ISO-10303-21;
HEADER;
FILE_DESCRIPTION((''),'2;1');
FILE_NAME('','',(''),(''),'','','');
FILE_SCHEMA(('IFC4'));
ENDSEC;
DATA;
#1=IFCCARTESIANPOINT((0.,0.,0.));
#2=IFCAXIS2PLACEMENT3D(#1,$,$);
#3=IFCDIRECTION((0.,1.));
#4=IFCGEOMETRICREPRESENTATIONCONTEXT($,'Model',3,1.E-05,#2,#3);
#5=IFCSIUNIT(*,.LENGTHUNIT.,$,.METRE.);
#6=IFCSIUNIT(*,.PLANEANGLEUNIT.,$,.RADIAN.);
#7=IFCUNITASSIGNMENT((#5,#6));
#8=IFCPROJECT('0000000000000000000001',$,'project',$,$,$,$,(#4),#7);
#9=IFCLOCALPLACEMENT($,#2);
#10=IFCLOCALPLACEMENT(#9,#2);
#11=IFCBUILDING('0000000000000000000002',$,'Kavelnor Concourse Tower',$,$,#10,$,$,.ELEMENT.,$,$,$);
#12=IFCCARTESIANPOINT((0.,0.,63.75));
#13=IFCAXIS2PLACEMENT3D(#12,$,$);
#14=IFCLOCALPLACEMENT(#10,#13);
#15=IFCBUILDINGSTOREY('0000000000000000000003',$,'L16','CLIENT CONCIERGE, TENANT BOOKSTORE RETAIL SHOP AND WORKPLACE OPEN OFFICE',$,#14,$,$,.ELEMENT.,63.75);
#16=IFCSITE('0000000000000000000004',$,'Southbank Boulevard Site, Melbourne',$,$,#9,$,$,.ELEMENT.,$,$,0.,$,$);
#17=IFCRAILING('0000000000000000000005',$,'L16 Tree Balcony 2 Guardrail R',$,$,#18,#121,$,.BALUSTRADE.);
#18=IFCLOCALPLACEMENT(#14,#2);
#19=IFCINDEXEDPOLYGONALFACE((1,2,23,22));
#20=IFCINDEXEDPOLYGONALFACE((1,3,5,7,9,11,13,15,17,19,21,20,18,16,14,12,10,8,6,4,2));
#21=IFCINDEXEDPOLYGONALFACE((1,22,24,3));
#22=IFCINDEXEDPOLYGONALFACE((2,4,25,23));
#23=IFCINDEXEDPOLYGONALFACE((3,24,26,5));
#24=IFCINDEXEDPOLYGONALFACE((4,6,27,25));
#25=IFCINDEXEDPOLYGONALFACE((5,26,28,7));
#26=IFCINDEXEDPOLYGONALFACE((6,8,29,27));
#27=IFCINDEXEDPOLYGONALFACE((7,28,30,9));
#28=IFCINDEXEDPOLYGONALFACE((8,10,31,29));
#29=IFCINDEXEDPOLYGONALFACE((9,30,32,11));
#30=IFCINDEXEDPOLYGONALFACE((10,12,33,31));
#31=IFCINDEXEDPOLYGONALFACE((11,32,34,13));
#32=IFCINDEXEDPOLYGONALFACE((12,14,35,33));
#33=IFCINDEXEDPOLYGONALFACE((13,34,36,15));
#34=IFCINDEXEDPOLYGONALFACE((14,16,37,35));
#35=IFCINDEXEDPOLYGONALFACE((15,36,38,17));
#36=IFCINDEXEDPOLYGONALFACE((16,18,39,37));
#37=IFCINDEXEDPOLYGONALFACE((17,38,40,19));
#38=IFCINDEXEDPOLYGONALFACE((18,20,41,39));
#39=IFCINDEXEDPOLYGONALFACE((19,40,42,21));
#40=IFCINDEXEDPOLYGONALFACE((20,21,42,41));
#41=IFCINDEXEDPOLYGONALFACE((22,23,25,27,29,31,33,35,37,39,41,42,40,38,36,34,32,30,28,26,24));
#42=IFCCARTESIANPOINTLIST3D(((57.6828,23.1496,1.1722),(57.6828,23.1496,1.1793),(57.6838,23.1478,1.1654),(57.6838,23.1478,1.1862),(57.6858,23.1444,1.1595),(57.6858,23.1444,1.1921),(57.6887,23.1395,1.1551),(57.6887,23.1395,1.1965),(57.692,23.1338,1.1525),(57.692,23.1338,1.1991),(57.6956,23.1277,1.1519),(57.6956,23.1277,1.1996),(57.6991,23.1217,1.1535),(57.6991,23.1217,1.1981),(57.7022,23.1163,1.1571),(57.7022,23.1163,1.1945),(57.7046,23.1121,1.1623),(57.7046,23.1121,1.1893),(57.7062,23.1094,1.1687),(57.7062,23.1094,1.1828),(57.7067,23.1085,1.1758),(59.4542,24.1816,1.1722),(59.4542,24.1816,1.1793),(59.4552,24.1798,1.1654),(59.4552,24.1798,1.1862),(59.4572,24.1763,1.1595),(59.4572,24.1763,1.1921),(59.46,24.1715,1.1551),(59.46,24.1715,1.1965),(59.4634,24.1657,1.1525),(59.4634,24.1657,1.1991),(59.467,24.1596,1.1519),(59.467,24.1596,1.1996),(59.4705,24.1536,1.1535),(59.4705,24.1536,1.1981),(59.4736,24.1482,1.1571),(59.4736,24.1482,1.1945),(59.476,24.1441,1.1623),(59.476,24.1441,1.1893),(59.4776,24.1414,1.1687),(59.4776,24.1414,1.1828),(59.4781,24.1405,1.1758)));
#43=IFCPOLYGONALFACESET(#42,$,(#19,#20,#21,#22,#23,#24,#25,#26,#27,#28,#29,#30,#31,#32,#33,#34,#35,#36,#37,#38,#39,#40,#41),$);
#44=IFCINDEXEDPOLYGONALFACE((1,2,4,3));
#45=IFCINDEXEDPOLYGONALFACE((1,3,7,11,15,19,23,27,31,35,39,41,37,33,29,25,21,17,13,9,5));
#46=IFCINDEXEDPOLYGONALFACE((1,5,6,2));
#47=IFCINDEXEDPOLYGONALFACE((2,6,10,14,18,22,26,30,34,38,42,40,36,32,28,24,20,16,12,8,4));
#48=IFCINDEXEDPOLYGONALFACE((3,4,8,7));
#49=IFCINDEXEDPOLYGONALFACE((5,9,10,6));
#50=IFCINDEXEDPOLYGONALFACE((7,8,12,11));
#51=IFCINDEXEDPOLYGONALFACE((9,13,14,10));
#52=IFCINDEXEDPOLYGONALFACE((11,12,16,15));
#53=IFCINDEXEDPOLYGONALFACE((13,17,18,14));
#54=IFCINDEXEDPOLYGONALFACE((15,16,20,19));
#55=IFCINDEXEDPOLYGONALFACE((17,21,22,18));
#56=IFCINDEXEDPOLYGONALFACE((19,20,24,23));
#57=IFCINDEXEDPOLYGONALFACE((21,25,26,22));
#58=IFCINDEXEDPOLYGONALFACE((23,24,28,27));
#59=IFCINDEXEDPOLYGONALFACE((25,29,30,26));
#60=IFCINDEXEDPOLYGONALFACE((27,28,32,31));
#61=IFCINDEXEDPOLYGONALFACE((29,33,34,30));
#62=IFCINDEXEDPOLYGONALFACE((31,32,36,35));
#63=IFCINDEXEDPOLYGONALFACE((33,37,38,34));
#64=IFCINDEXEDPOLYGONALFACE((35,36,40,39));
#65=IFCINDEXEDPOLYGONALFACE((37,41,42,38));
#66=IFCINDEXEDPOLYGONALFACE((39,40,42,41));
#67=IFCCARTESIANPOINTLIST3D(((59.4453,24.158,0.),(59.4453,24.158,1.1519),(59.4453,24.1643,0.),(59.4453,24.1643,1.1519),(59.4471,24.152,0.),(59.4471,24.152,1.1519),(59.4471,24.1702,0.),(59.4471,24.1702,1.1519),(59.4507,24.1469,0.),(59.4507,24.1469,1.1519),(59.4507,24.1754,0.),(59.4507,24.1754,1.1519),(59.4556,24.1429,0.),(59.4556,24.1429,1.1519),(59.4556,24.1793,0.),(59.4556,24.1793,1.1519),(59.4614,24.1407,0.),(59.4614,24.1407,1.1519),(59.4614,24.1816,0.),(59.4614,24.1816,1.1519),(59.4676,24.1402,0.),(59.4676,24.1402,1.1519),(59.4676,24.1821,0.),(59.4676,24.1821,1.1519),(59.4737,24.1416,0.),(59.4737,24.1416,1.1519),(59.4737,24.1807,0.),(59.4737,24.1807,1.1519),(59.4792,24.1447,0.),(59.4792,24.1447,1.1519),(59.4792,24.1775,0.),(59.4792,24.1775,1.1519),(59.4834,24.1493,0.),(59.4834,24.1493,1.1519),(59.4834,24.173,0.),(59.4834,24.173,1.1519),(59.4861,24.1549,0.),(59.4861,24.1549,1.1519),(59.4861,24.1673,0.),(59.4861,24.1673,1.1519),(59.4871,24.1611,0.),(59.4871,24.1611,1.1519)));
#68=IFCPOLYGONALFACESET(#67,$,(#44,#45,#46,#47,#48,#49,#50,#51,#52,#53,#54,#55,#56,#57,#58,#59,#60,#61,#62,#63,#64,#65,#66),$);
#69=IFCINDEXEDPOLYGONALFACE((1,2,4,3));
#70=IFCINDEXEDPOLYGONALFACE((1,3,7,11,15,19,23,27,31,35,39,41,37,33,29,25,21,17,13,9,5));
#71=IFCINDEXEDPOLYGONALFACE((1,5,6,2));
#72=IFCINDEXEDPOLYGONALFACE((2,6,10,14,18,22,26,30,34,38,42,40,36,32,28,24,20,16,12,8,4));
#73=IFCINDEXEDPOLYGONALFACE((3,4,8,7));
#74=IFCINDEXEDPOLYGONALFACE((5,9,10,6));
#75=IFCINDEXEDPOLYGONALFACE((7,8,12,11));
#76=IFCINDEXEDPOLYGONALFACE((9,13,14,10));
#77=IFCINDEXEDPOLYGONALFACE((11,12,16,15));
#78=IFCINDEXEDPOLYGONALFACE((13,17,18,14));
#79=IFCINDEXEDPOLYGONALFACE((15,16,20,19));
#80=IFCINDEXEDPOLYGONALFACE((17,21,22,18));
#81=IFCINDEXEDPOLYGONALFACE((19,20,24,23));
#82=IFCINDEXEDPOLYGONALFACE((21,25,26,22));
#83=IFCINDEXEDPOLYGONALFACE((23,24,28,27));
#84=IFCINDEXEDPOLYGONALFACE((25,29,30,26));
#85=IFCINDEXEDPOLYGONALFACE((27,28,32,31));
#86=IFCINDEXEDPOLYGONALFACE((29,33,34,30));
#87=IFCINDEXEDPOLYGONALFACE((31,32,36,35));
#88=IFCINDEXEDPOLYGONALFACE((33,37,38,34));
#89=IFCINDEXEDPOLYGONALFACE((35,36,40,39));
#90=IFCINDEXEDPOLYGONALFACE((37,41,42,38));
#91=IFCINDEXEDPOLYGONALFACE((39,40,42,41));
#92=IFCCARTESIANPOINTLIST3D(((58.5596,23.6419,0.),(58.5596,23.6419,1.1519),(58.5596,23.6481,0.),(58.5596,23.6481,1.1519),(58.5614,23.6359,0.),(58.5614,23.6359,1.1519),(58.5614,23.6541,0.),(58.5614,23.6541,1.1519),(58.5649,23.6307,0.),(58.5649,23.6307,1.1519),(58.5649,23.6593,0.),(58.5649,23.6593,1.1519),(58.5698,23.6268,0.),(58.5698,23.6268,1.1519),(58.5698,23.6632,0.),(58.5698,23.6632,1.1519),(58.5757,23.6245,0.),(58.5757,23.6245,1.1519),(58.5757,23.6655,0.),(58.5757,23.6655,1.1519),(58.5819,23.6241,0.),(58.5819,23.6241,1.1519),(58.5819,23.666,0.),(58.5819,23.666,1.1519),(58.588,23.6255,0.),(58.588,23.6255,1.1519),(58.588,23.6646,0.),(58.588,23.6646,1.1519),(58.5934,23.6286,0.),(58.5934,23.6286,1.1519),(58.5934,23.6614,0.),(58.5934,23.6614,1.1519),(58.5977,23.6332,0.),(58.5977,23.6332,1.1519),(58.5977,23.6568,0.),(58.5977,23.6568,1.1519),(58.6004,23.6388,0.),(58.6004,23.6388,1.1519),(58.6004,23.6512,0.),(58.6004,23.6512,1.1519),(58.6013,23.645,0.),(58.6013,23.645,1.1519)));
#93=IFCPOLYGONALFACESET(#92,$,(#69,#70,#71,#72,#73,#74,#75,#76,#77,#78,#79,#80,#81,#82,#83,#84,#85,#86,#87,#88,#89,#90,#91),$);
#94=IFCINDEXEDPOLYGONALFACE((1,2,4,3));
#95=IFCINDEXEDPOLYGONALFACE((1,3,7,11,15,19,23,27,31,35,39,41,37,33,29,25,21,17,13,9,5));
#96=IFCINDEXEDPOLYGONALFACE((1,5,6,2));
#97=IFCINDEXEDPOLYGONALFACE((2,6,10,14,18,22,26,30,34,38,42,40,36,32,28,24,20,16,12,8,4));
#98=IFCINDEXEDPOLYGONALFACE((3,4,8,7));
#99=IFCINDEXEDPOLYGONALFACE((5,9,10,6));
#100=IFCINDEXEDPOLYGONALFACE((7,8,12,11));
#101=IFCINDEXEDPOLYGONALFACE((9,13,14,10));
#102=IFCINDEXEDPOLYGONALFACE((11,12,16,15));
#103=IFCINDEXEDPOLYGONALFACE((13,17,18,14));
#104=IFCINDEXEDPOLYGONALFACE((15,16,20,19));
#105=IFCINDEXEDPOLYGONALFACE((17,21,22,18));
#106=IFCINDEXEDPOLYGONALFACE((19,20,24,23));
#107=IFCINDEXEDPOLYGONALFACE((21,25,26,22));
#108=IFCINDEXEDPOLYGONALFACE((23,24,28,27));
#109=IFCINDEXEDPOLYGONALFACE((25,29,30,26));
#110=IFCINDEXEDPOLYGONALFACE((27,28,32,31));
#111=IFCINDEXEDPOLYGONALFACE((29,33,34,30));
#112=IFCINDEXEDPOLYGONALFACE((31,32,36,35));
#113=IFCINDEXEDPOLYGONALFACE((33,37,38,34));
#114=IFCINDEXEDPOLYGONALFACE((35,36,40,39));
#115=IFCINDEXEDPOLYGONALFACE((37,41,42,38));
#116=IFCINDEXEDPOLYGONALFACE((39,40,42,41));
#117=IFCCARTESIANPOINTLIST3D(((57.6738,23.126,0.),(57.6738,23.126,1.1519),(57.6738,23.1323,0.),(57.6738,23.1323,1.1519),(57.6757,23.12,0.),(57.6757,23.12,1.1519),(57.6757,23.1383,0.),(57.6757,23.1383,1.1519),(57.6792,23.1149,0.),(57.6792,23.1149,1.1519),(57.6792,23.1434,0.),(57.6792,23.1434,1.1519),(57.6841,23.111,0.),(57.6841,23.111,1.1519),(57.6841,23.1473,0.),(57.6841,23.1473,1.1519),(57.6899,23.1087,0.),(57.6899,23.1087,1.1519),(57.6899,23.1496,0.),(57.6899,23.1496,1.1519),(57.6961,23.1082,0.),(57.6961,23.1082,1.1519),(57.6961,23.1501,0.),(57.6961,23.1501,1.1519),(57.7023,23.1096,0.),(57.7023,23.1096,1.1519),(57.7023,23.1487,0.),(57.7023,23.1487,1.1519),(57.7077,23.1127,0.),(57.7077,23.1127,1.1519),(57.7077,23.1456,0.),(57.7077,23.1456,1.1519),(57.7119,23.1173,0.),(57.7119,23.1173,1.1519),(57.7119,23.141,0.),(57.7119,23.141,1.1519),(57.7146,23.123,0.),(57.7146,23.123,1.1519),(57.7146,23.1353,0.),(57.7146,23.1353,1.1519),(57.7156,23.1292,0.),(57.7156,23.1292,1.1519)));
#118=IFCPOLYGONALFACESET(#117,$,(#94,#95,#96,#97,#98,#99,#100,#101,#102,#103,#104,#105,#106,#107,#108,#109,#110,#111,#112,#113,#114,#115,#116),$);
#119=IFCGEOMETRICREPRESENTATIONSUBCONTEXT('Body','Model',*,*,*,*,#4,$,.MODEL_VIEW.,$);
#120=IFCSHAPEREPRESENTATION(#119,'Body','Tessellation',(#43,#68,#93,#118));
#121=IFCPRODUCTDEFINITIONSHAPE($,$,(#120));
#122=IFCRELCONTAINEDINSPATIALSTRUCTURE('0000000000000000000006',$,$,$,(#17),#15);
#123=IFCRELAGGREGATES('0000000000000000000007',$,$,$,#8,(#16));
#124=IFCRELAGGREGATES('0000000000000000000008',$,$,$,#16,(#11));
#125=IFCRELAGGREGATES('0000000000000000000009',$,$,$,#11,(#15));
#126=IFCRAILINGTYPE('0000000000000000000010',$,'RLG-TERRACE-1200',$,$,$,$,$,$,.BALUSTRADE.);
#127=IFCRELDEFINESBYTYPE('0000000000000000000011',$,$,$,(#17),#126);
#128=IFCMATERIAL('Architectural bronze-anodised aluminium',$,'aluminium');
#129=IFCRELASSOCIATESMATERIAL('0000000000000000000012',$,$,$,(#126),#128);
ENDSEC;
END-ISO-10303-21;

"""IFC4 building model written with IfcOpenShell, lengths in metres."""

from ifc_helpers import new_model, si_unit, direction, frame, origin, origin_2d, place, context, subcontext, project, spatial, circle, extrude, material, type_object, element, save


model = new_model("IFC4")

# Units and contexts
model_context = context("Model", 3, precision=1e-05, world=origin(), true_north=direction((0.0, 1.0)))
body_context = subcontext(model_context, "Body", "Model", "MODEL_VIEW")
ifc_project = project(units=[si_unit("LENGTHUNIT", "METRE"), si_unit("PLANEANGLEUNIT", "RADIAN")], contexts=[model_context])

# Site, building, storey
site_placement = place(None, origin())
site = spatial("IfcSite", under=ifc_project, at=site_placement, Name="Southbank Boulevard Site, Melbourne", CompositionType="ELEMENT", RefElevation=0.0)
building_placement = place(site_placement, origin())
building = spatial("IfcBuilding", under=site, at=building_placement, Name="Kavelnor Concourse Tower", CompositionType="ELEMENT")
storey_placement = place(building_placement, frame((0.0, 0.0, 63.75)))
storey = spatial("IfcBuildingStorey", under=building, at=storey_placement, Name="L16", Description="CLIENT CONCIERGE, TENANT BOOKSTORE RETAIL SHOP AND WORKPLACE OPEN OFFICE", CompositionType="ELEMENT", Elevation=63.75)

# Railing
ifc_material_1 = material(Name="Architectural bronze-anodised aluminium", Category="aluminium")
railing_type_1 = type_object("IfcRailingType", Name="RLG-TERRACE-1200", PredefinedType="BALUSTRADE", material=ifc_material_1)
railing_1_placement = place(storey_placement, frame((59.4661, 24.1611, 0.0)))
element("IfcRailing", 1, at=railing_1_placement, inside=storey, type_object=railing_type_1, Name="L16 Tree Balcony 2 Guardrail R", PredefinedType="BALUSTRADE", context=body_context, shape_type="SweptSolid", body=[
    extrude(circle(Radius=0.0239, at=origin_2d()), frame((0.0, 0.0, 1.1758), z_axis=(-0.864072, -0.503367, 0.0), x_axis=(0.503367, -0.864072, 0.0)), (0.0, 0.0, 1.0), 2.05),
    extrude(circle(Radius=0.021, at=origin_2d()), origin(), (0.0, 0.0, 1.0), 1.1519),
    extrude(circle(Radius=0.021, at=origin_2d()), frame((-0.8857, -0.5161, 0.0)), (0.0, 0.0, 1.0), 1.1519),
    extrude(circle(Radius=0.021, at=origin_2d()), frame((-1.7715, -1.032, 0.0)), (0.0, 0.0, 1.0), 1.1519),
])

save(model, "model.ifc")
